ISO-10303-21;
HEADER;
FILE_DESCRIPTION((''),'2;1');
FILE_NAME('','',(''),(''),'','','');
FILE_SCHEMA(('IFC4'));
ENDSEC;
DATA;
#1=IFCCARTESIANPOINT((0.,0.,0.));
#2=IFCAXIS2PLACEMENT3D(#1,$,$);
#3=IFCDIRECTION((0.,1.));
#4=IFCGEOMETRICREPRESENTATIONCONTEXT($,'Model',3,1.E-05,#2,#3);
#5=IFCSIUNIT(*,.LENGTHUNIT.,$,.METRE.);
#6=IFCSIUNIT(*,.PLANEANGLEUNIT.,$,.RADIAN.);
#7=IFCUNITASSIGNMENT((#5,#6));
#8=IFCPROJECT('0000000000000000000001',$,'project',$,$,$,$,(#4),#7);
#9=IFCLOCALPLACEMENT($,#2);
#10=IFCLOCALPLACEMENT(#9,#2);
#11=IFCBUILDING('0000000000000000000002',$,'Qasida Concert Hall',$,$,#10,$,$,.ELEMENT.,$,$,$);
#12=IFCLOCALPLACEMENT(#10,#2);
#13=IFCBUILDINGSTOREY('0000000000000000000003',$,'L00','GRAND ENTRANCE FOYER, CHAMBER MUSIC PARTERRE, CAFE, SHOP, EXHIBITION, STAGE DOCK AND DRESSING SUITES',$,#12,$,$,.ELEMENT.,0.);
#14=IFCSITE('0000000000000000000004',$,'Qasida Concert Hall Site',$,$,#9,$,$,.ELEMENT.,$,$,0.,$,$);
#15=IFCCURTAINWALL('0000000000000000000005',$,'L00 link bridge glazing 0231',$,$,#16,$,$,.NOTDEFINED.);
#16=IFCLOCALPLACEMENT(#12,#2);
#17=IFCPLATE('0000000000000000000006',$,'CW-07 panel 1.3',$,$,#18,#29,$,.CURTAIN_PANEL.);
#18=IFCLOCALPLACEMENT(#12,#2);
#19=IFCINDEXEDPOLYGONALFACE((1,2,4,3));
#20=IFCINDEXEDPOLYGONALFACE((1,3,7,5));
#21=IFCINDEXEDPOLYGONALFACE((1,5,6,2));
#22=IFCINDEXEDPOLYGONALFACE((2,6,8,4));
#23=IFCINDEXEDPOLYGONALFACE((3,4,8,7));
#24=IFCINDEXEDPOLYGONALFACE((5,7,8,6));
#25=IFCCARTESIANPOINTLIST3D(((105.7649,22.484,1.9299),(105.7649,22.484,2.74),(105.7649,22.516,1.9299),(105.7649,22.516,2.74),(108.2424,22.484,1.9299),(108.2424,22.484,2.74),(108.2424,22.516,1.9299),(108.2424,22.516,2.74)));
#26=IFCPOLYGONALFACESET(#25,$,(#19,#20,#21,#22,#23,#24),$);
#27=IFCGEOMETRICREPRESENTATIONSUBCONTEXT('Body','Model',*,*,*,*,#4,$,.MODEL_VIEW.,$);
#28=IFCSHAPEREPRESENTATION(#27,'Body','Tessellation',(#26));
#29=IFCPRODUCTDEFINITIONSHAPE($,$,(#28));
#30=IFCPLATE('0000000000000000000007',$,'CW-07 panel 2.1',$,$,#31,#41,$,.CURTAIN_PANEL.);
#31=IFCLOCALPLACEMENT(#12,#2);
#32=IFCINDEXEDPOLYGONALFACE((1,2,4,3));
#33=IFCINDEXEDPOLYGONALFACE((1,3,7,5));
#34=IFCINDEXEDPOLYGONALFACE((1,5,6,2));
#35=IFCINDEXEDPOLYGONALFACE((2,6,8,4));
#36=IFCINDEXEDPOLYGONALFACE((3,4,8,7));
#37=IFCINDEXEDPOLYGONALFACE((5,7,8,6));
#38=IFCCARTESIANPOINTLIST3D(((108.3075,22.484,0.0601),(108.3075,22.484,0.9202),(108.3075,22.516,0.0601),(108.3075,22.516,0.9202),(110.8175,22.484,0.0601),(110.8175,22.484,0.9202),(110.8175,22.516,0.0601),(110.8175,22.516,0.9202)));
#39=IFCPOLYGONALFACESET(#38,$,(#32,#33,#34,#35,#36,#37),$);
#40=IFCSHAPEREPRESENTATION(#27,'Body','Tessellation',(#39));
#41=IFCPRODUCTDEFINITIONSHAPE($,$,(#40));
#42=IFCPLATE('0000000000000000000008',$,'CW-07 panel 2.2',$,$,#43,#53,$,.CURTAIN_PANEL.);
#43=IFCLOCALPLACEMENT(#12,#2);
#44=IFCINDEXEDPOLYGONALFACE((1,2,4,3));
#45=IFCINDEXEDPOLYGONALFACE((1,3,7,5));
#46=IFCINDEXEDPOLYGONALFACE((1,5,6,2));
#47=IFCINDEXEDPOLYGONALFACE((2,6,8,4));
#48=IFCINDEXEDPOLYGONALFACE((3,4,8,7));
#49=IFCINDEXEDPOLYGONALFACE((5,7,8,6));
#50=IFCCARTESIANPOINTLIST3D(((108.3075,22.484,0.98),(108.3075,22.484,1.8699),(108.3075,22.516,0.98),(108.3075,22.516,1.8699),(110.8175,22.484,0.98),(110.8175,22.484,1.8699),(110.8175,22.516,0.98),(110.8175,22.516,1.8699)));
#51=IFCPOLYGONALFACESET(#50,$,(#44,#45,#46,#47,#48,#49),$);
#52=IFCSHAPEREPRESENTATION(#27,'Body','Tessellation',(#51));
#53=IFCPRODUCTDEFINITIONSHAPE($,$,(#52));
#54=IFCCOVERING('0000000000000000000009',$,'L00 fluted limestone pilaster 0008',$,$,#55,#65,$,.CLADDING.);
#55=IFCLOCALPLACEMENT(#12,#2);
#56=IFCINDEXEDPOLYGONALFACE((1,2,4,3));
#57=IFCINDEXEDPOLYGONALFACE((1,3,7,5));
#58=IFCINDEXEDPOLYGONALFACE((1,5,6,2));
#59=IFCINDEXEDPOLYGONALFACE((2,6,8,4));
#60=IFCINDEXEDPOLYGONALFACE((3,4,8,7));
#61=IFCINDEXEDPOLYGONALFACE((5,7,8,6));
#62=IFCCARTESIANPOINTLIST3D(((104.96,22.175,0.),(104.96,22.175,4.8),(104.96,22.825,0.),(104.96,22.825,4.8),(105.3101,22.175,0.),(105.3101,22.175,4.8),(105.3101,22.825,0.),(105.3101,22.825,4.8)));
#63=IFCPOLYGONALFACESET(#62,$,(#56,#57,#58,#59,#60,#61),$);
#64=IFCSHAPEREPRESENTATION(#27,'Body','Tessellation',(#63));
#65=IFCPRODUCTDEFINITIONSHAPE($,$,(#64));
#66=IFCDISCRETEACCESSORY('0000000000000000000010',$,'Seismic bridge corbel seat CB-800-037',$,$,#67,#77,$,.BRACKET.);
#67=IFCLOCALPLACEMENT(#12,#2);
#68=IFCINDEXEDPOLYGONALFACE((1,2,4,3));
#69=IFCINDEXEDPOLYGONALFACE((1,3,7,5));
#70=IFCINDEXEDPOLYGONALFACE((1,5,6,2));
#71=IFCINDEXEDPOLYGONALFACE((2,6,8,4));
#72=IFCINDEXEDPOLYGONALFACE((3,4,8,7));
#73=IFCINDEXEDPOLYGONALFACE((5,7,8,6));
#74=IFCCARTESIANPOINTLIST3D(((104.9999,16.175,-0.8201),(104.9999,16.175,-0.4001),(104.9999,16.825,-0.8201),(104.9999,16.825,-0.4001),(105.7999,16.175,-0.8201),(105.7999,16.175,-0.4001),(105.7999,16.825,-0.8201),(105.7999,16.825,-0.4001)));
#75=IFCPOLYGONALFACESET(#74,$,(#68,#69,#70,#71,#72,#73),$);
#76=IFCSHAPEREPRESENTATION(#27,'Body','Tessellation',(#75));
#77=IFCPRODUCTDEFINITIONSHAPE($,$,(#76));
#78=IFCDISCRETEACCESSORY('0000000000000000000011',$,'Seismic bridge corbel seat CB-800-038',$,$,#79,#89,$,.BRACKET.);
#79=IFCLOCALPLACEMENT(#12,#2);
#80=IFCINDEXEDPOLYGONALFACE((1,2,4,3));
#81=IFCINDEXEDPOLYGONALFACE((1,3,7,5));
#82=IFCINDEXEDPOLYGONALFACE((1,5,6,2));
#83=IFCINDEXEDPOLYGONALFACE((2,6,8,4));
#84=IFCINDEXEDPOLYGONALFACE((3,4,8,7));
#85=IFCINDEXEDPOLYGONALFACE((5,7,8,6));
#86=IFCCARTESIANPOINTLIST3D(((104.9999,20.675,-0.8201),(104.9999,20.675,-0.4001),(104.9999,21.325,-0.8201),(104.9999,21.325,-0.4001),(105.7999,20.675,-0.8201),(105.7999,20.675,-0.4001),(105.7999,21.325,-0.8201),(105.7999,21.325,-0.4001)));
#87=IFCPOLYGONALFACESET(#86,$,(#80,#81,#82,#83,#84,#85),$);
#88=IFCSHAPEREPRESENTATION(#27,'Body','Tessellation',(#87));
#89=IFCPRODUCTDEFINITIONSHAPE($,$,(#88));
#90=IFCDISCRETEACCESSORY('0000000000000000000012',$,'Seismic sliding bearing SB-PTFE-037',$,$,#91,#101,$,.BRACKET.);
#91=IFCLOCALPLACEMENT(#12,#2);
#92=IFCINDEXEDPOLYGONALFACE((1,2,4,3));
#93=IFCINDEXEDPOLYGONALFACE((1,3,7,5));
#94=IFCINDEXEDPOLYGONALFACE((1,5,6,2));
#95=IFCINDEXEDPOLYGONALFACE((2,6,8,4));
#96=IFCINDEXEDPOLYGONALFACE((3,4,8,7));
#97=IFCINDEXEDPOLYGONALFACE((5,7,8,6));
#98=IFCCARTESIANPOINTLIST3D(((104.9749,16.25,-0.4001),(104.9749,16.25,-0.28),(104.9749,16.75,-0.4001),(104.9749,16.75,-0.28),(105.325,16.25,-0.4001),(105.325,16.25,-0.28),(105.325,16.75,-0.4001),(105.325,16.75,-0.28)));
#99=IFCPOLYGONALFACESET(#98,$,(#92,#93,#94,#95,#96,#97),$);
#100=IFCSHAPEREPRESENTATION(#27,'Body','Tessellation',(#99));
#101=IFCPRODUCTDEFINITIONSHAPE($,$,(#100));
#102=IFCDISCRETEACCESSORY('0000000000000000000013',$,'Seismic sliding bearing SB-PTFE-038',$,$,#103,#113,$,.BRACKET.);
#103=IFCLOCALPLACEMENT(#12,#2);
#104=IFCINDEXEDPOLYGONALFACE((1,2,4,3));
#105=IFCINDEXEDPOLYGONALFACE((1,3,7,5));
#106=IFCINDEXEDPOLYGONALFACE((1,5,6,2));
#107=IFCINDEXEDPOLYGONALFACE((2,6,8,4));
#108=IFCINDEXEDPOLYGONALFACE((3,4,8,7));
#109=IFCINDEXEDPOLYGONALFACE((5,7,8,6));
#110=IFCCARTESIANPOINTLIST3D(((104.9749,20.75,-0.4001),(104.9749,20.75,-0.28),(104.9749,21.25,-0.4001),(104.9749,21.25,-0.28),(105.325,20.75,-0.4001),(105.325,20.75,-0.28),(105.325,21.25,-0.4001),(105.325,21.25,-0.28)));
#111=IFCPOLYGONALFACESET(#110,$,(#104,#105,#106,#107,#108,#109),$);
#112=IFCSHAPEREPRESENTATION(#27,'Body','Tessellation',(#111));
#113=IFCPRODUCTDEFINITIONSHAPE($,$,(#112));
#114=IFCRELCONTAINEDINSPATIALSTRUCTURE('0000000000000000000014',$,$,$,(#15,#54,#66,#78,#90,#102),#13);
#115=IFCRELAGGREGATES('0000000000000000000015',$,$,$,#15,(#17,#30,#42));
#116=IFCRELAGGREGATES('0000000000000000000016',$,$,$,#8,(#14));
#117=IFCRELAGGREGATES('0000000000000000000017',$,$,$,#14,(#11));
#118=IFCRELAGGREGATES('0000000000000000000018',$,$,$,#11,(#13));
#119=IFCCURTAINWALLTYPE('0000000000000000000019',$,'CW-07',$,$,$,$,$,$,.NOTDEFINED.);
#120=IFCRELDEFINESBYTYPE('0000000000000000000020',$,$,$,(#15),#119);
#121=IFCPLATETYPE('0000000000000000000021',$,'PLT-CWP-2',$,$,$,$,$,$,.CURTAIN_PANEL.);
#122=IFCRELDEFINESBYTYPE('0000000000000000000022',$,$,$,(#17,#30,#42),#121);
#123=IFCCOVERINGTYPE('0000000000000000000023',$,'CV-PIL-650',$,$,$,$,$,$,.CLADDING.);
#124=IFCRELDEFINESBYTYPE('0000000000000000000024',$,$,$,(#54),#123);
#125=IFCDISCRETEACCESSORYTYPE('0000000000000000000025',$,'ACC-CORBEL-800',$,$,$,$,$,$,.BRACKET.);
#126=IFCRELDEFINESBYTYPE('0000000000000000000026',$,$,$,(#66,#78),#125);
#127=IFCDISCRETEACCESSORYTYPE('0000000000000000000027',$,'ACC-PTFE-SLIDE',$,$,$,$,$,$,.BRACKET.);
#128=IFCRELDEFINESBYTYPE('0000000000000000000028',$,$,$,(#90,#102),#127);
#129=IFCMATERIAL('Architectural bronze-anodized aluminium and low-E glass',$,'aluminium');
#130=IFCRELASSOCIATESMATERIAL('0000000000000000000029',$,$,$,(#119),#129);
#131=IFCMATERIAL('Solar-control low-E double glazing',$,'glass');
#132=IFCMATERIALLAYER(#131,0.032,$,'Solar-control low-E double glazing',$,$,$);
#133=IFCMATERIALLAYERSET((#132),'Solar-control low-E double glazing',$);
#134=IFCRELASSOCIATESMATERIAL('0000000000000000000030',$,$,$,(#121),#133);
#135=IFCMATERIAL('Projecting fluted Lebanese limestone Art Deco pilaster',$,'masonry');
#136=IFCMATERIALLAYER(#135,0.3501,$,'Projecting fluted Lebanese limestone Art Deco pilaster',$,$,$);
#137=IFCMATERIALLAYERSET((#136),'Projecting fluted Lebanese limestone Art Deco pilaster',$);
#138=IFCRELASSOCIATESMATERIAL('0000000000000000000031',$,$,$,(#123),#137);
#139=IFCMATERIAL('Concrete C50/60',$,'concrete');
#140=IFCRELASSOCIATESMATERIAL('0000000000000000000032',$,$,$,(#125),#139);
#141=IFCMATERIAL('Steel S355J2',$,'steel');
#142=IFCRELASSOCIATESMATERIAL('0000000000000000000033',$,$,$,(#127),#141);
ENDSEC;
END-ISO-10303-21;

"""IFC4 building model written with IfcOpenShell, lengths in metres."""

from ifc_helpers import new_model, si_unit, direction, frame, origin, origin_2d, place, context, subcontext, project, spatial, rectangle, extrude, material, layer, layer_set, type_object, element, aggregate, save


model = new_model("IFC4")

# Units and contexts
model_context = context("Model", 3, precision=1e-05, world=origin(), true_north=direction((0.0, 1.0)))
body_context = subcontext(model_context, "Body", "Model", "MODEL_VIEW")
ifc_project = project(units=[si_unit("LENGTHUNIT", "METRE"), si_unit("PLANEANGLEUNIT", "RADIAN")], contexts=[model_context])

# Site, building, storey
site_placement = place(None, origin())
site = spatial("IfcSite", under=ifc_project, at=site_placement, Name="Qasida Concert Hall Site", CompositionType="ELEMENT", RefElevation=0.0)
building_placement = place(site_placement, origin())
building = spatial("IfcBuilding", under=site, at=building_placement, Name="Qasida Concert Hall", CompositionType="ELEMENT")
storey_placement = place(building_placement, origin())
storey = spatial("IfcBuildingStorey", under=building, at=storey_placement, Name="L00", Description="GRAND ENTRANCE FOYER, CHAMBER MUSIC PARTERRE, CAFE, SHOP, EXHIBITION, STAGE DOCK AND DRESSING SUITES", CompositionType="ELEMENT", Elevation=0.0)

# Curtain wall
ifc_material_1 = material(Name="Architectural bronze-anodized aluminium and low-E glass", Category="aluminium")
curtain_wall_type = type_object("IfcCurtainWallType", Name="CW-07", PredefinedType="NOTDEFINED", material=ifc_material_1)
curtain_wall_1_placement = place(storey_placement, origin())
curtain_wall_1 = element("IfcCurtainWall", 1, at=curtain_wall_1_placement, inside=storey, type_object=curtain_wall_type, Name="L00 link bridge glazing 0231", PredefinedType="NOTDEFINED")

# Shared definitions
ifc_material_2 = material(Name="Solar-control low-E double glazing", Category="glass")
ifc_layer_1 = layer(ifc_material_2, 0.032, Name="Solar-control low-E double glazing")
ifc_layer_set_1 = layer_set([ifc_layer_1], Name="Solar-control low-E double glazing")
plate_type = type_object("IfcPlateType", Name="PLT-CWP-2", PredefinedType="CURTAIN_PANEL", material=ifc_layer_set_1)

# Plates
plate_1_placement = place(storey_placement, frame((107.0037, 22.5, 1.9299), z_axis=(0.0, 0.0, 1.0), x_axis=(1.0, 0.0, 0.0)))
plate_1 = element("IfcPlate", 2, at=plate_1_placement, type_object=plate_type, Name="CW-07 panel 1.3", PredefinedType="CURTAIN_PANEL", context=body_context, shape_type="SweptSolid", body=[
    extrude(rectangle(XDim=2.4775, YDim=0.032, at=origin_2d()), origin(), (0.0, 0.0, 1.0), 0.8101),
])
plate_2_placement = place(storey_placement, frame((109.5625, 22.5, 0.0601), z_axis=(0.0, 0.0, 1.0), x_axis=(1.0, 0.0, 0.0)))
plate_2 = element("IfcPlate", 3, at=plate_2_placement, type_object=plate_type, Name="CW-07 panel 2.1", PredefinedType="CURTAIN_PANEL", context=body_context, shape_type="SweptSolid", body=[
    extrude(rectangle(XDim=2.51, YDim=0.032, at=origin_2d()), origin(), (0.0, 0.0, 1.0), 0.8601),
])
plate_3_placement = place(storey_placement, frame((109.5625, 22.5, 0.98), z_axis=(0.0, 0.0, 1.0), x_axis=(1.0, 0.0, 0.0)))
plate_3 = element("IfcPlate", 4, at=plate_3_placement, type_object=plate_type, Name="CW-07 panel 2.2", PredefinedType="CURTAIN_PANEL", context=body_context, shape_type="SweptSolid", body=[
    extrude(rectangle(XDim=2.51, YDim=0.032, at=origin_2d()), origin(), (0.0, 0.0, 1.0), 0.8899),
])
aggregate(curtain_wall_1, [plate_1, plate_2, plate_3])

# Covering
ifc_material_3 = material(Name="Projecting fluted Lebanese limestone Art Deco pilaster", Category="masonry")
ifc_layer_2 = layer(ifc_material_3, 0.3501, Name="Projecting fluted Lebanese limestone Art Deco pilaster")
ifc_layer_set_2 = layer_set([ifc_layer_2], Name="Projecting fluted Lebanese limestone Art Deco pilaster")
covering_type = type_object("IfcCoveringType", Name="CV-PIL-650", PredefinedType="CLADDING", material=ifc_layer_set_2)
covering_placement = place(storey_placement, frame((105.135, 22.5, 0.0), z_axis=(0.0, 0.0, 1.0), x_axis=(1.0, 0.0, 0.0)))
element("IfcCovering", 5, at=covering_placement, inside=storey, type_object=covering_type, Name="L00 fluted limestone pilaster 0008", PredefinedType="CLADDING", context=body_context, shape_type="SweptSolid", body=[
    extrude(rectangle(XDim=0.3501, YDim=0.6499, at=origin_2d()), origin(), (0.0, 0.0, 1.0), 4.8),
])

# Discrete accessories
ifc_material_4 = material(Name="Concrete C50/60", Category="concrete")
discrete_accessory_type_1 = type_object("IfcDiscreteAccessoryType", Name="ACC-CORBEL-800", PredefinedType="BRACKET", material=ifc_material_4)
for number, where, z_axis, x_axis, name in (
    (6, (105.3999, 16.5, -0.8201), (0.0, 0.0, 1.0), (1.0, 0.0, 0.0), "Seismic bridge corbel seat CB-800-037"),
    (7, (105.3999, 21.0, -0.8201), (0.0, 0.0, 1.0), (1.0, 0.0, 0.0), "Seismic bridge corbel seat CB-800-038"),
):
    element("IfcDiscreteAccessory", number, at=place(storey_placement, frame(where, z_axis=z_axis, x_axis=x_axis)), inside=storey, type_object=discrete_accessory_type_1, Name=name, PredefinedType="BRACKET", context=body_context, shape_type="SweptSolid", body=[
        extrude(rectangle(XDim=0.8, YDim=0.6499, at=origin_2d()), origin(), (0.0, 0.0, 1.0), 0.4199),
    ])
ifc_material_5 = material(Name="Steel S355J2", Category="steel")
discrete_accessory_type_2 = type_object("IfcDiscreteAccessoryType", Name="ACC-PTFE-SLIDE", PredefinedType="BRACKET", material=ifc_material_5)
for number, where, z_axis, x_axis, name in (
    (8, (105.1499, 16.5, -0.4001), (0.0, 0.0, 1.0), (1.0, 0.0, 0.0), "Seismic sliding bearing SB-PTFE-037"),
    (9, (105.1499, 21.0, -0.4001), (0.0, 0.0, 1.0), (1.0, 0.0, 0.0), "Seismic sliding bearing SB-PTFE-038"),
):
    element("IfcDiscreteAccessory", number, at=place(storey_placement, frame(where, z_axis=z_axis, x_axis=x_axis)), inside=storey, type_object=discrete_accessory_type_2, Name=name, PredefinedType="BRACKET", context=body_context, shape_type="SweptSolid", body=[
        extrude(rectangle(XDim=0.3501, YDim=0.5, at=origin_2d()), origin(), (0.0, 0.0, 1.0), 0.1201),
    ])

save(model, "model.ifc")
